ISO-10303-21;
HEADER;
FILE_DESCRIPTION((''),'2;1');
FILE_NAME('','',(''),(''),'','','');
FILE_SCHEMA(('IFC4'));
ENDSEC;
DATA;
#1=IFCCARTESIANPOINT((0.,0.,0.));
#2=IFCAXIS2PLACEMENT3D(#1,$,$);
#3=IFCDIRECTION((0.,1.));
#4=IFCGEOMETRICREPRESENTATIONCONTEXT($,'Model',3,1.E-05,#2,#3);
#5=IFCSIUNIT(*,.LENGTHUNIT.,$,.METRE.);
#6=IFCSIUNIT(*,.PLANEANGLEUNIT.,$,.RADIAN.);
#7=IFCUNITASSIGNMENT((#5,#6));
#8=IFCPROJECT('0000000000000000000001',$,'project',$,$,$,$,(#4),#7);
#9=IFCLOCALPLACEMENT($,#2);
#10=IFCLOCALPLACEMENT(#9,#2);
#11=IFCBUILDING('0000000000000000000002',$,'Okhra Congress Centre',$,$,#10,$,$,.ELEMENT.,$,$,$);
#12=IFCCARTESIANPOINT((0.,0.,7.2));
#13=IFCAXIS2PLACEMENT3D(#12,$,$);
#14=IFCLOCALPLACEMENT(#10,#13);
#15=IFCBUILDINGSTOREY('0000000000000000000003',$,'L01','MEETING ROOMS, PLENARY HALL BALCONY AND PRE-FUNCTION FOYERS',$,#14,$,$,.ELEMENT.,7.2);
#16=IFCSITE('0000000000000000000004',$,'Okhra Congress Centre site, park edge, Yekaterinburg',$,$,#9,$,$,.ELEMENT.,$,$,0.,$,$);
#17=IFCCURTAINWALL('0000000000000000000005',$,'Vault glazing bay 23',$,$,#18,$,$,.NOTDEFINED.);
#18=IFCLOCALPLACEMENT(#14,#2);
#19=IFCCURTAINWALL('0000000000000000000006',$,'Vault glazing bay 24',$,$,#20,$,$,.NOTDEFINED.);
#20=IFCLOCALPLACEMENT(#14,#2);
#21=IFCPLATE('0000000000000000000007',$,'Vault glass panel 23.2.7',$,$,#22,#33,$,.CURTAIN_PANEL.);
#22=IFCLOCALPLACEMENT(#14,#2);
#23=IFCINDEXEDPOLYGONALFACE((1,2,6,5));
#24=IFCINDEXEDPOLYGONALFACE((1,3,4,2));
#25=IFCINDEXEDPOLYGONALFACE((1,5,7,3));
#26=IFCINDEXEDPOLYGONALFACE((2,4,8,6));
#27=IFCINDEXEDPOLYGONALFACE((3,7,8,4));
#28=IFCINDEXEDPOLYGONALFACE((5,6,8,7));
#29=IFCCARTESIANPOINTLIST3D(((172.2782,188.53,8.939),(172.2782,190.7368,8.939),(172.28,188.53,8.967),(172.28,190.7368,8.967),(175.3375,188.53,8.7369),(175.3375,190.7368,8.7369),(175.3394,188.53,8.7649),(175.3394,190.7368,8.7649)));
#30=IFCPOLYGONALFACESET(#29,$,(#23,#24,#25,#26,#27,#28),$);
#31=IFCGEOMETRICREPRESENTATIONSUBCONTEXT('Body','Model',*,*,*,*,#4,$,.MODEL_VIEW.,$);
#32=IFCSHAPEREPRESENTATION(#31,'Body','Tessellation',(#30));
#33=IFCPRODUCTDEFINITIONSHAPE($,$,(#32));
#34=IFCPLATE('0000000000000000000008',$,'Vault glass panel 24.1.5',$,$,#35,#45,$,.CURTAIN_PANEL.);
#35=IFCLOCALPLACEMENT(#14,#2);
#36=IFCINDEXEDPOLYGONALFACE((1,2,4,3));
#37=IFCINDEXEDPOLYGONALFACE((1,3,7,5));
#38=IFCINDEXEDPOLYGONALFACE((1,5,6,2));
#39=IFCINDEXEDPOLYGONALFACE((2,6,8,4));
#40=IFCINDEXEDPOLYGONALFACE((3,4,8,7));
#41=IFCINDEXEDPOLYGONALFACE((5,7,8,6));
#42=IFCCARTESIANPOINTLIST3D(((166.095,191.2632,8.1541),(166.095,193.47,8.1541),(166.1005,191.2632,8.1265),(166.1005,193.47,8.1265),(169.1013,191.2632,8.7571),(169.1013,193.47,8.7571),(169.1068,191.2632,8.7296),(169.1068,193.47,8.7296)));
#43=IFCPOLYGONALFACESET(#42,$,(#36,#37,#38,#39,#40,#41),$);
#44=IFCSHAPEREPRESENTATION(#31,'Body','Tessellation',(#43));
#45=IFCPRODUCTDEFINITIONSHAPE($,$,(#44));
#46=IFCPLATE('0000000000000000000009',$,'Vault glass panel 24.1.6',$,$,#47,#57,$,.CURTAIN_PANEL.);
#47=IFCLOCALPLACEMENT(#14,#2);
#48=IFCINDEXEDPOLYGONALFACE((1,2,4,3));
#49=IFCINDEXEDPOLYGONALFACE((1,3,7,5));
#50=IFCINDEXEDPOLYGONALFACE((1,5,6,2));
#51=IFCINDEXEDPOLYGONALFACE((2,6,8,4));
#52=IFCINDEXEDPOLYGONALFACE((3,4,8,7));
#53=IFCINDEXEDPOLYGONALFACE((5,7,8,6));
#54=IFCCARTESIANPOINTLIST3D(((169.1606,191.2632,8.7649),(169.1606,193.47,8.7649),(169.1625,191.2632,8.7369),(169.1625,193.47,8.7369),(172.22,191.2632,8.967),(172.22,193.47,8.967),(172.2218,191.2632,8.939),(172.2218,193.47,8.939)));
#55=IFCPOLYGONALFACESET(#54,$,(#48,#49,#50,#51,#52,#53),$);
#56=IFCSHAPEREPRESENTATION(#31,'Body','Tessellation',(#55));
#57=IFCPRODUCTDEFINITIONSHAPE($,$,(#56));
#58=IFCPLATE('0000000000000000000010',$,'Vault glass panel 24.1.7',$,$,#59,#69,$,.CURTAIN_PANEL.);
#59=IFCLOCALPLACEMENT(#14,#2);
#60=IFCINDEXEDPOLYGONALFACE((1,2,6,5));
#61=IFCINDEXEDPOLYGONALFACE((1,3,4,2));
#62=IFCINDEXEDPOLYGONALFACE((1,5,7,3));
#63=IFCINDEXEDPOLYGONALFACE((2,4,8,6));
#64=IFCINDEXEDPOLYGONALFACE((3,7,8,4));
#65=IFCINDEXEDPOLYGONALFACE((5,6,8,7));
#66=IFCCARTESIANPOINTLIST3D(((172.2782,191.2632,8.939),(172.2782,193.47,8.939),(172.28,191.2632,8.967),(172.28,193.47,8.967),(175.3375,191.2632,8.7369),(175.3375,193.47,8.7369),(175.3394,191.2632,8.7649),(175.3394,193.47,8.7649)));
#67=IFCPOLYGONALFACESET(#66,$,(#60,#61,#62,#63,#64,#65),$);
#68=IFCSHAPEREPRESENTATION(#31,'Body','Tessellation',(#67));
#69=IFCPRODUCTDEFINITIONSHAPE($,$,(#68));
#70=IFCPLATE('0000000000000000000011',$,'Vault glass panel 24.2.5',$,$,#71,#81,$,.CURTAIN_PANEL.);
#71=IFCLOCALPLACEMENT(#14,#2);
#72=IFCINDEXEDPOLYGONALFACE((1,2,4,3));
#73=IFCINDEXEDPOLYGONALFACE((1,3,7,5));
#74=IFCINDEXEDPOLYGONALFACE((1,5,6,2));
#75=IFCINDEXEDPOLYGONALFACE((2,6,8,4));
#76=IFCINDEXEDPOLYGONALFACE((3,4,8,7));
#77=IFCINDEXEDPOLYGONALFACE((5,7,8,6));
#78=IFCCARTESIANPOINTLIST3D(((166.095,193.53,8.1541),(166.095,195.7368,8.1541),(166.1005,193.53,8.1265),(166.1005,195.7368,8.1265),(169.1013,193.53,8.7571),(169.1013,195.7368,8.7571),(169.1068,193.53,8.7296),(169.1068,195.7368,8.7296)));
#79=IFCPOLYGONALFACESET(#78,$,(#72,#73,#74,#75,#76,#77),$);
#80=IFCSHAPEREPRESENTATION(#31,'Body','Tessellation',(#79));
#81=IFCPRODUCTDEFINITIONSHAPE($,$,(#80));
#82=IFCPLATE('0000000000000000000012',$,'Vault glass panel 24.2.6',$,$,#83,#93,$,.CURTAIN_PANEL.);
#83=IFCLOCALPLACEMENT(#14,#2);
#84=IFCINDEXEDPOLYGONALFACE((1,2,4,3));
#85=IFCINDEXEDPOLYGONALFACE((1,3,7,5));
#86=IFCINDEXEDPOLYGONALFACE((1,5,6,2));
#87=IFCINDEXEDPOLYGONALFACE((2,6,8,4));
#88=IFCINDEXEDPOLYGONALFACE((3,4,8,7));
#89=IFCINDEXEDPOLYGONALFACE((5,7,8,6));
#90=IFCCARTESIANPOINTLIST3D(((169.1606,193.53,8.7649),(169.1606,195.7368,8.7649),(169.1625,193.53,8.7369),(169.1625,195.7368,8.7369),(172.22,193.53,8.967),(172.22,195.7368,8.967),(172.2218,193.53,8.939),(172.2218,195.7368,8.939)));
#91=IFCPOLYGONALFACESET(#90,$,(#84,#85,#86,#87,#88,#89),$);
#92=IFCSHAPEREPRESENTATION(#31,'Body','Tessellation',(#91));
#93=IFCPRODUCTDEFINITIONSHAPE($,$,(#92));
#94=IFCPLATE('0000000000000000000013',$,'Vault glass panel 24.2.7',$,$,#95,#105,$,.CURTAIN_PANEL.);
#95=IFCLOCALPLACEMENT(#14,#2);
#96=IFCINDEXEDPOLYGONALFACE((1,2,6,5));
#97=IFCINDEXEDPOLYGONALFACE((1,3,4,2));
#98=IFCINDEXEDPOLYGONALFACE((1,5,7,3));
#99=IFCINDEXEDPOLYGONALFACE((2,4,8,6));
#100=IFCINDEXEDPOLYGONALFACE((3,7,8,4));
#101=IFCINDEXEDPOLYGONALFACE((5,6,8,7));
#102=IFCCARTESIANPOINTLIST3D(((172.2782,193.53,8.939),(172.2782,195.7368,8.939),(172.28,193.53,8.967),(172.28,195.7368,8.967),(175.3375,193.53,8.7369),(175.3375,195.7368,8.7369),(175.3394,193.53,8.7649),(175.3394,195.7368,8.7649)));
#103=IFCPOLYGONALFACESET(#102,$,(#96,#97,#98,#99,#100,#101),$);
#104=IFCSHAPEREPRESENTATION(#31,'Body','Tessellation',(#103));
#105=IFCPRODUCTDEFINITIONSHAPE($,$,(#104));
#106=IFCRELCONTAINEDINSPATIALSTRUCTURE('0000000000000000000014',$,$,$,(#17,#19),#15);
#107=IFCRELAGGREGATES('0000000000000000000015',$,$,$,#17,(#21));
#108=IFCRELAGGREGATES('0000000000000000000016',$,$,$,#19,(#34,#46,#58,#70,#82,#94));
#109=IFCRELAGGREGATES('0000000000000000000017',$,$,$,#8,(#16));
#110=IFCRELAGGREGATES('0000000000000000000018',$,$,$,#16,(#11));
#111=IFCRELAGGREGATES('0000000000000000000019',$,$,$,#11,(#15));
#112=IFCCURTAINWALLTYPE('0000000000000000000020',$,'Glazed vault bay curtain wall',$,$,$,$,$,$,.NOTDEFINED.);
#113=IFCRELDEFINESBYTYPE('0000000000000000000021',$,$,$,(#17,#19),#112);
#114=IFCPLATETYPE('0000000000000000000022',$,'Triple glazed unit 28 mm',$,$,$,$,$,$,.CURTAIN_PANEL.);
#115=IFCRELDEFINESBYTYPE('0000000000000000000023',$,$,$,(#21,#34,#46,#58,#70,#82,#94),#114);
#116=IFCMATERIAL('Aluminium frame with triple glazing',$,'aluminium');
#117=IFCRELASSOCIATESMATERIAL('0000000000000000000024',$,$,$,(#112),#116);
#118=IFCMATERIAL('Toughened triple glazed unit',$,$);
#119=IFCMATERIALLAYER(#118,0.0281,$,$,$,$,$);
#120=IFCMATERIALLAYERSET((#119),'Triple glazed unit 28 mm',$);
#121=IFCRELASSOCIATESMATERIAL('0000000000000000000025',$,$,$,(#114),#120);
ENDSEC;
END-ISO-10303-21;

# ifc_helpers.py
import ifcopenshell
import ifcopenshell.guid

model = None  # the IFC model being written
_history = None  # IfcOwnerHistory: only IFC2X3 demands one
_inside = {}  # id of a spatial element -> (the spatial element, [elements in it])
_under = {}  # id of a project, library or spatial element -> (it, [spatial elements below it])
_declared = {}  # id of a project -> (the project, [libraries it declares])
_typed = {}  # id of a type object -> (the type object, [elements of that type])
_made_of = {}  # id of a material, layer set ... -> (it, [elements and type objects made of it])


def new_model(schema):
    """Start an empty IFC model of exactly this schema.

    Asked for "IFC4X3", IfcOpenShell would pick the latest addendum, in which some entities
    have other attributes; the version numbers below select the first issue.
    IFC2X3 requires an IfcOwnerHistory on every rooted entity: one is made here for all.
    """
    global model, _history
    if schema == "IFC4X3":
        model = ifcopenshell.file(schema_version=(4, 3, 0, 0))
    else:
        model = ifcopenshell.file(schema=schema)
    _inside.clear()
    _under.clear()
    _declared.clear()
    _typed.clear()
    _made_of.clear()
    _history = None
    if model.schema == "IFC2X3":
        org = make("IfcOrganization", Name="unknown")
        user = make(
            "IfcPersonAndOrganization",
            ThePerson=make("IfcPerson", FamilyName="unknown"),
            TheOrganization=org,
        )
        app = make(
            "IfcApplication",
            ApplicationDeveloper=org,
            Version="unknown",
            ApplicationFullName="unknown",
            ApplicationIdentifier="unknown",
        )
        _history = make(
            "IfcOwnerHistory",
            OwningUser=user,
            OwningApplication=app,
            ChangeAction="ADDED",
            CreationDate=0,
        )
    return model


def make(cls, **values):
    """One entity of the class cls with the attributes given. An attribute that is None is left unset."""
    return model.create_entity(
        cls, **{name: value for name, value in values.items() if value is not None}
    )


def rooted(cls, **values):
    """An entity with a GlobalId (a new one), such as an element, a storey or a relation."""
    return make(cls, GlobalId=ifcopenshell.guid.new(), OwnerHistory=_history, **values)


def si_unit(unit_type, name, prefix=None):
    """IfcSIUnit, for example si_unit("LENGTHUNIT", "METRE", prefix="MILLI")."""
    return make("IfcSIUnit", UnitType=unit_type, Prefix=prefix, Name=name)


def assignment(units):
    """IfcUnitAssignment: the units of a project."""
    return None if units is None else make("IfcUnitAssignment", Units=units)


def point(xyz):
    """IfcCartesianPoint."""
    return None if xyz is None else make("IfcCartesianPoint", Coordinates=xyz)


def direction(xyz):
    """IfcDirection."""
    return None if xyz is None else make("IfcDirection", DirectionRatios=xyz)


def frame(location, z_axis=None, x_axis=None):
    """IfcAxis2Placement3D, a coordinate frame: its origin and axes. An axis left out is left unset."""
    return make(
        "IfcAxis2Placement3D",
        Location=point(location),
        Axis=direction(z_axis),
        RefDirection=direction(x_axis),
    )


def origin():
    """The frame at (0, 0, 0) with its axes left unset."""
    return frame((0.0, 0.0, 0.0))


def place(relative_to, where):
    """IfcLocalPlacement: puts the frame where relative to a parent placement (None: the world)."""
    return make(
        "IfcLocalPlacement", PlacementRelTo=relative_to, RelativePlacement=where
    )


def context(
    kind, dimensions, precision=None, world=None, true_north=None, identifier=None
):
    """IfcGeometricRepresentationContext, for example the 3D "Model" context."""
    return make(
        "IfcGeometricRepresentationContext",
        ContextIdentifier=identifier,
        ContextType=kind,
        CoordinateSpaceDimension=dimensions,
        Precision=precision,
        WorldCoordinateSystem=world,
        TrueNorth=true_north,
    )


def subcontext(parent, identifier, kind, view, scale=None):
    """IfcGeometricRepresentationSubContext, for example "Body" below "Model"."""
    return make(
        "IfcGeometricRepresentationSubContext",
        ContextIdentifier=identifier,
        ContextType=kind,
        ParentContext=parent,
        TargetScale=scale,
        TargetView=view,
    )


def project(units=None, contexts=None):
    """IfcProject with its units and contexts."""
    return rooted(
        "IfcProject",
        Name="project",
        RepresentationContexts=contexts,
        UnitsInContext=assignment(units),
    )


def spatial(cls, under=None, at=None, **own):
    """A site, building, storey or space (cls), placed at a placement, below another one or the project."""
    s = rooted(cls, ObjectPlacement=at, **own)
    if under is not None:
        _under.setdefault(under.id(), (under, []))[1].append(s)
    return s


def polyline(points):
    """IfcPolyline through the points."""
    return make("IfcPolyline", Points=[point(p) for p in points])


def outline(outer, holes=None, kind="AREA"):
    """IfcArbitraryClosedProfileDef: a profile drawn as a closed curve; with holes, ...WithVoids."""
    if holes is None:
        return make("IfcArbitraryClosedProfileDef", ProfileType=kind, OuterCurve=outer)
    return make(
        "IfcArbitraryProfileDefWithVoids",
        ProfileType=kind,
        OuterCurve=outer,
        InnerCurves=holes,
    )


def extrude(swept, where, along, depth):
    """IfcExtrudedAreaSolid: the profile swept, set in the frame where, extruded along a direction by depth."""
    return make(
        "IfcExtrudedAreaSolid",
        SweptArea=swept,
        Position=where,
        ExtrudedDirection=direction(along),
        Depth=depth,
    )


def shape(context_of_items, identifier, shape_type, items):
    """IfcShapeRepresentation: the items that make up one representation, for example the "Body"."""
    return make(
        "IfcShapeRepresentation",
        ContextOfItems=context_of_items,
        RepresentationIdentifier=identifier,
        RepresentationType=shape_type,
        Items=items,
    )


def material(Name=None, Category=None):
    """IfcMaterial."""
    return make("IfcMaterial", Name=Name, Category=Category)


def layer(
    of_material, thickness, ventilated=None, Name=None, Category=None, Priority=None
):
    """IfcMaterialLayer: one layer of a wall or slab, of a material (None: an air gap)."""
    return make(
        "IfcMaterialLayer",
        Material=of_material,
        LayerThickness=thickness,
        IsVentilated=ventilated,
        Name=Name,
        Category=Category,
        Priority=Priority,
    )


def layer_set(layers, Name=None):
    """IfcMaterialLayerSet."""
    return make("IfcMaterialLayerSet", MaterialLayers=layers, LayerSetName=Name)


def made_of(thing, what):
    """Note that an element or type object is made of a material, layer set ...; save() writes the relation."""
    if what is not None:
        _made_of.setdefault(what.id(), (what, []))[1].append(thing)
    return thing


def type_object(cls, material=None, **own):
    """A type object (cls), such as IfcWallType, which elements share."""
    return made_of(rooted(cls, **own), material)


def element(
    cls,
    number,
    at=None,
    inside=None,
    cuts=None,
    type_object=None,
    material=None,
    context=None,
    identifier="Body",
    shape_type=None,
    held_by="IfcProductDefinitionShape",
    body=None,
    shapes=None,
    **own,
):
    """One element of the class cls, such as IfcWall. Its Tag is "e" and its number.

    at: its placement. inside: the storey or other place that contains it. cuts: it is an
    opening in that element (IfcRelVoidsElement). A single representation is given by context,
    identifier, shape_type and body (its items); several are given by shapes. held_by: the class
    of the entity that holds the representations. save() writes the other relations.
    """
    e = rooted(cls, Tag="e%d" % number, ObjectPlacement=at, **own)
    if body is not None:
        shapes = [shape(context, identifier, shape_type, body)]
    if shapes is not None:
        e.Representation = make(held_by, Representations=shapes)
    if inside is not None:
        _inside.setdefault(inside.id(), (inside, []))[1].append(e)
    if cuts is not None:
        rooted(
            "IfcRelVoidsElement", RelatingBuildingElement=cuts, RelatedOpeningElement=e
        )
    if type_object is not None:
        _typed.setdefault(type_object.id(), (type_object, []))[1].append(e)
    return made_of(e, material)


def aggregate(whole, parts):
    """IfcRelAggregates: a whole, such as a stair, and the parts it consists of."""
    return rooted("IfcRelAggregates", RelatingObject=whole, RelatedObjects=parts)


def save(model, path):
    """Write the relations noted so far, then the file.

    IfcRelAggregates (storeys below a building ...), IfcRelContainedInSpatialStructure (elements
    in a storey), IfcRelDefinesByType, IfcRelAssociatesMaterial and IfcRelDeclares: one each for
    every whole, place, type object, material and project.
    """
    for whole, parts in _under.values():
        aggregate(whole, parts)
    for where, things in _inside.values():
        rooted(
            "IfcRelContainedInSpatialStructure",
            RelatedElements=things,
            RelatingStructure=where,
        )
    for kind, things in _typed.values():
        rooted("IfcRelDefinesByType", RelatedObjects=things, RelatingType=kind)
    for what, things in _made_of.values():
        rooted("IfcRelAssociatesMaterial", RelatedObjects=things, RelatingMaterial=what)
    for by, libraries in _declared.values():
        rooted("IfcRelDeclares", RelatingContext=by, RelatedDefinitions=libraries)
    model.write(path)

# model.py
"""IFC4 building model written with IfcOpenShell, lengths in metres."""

from ifc_helpers import new_model, si_unit, direction, frame, origin, place, context, subcontext, project, spatial, polyline, outline, extrude, material, layer, layer_set, type_object, element, aggregate, save


model = new_model("IFC4")

# Units and contexts
model_context = context("Model", 3, precision=1e-05, world=origin(), true_north=direction((0.0, 1.0)))
body_context = subcontext(model_context, "Body", "Model", "MODEL_VIEW")
ifc_project = project(units=[si_unit("LENGTHUNIT", "METRE"), si_unit("PLANEANGLEUNIT", "RADIAN")], contexts=[model_context])

# Site, building, storey
site_placement = place(None, origin())
site = spatial("IfcSite", under=ifc_project, at=site_placement, Name="Okhra Congress Centre site, park edge, Yekaterinburg", CompositionType="ELEMENT", RefElevation=0.0)
building_placement = place(site_placement, origin())
building = spatial("IfcBuilding", under=site, at=building_placement, Name="Okhra Congress Centre", CompositionType="ELEMENT")
storey_placement = place(building_placement, frame((0.0, 0.0, 7.2)))
storey = spatial("IfcBuildingStorey", under=building, at=storey_placement, Name="L01", Description="MEETING ROOMS, PLENARY HALL BALCONY AND PRE-FUNCTION FOYERS", CompositionType="ELEMENT", Elevation=7.2)

# Curtain walls
ifc_material_1 = material(Name="Aluminium frame with triple glazing", Category="aluminium")
curtain_wall_type = type_object("IfcCurtainWallType", Name="Glazed vault bay curtain wall", PredefinedType="NOTDEFINED", material=ifc_material_1)
curtain_wall_1_placement = place(storey_placement, origin())
curtain_wall_1 = element("IfcCurtainWall", 1, at=curtain_wall_1_placement, inside=storey, type_object=curtain_wall_type, Name="Vault glazing bay 23", PredefinedType="NOTDEFINED")
curtain_wall_2_placement = place(storey_placement, origin())
curtain_wall_2 = element("IfcCurtainWall", 2, at=curtain_wall_2_placement, inside=storey, type_object=curtain_wall_type, Name="Vault glazing bay 24", PredefinedType="NOTDEFINED")

# Plates
ifc_material_2 = material(Name="Toughened triple glazed unit")
ifc_layer = layer(ifc_material_2, 0.0281)
ifc_layer_set = layer_set([ifc_layer], Name="Triple glazed unit 28 mm")
plate_type = type_object("IfcPlateType", Name="Triple glazed unit 28 mm", PredefinedType="CURTAIN_PANEL", material=ifc_layer_set)
plate_1_placement = place(storey_placement, frame((172.28, 188.53, 8.967), z_axis=(0.065932, 0.0, 0.997824), x_axis=(0.997824, 0.0, -0.065932)))
plate_1 = element("IfcPlate", 3, at=plate_1_placement, type_object=plate_type, Name="Vault glass panel 23.2.7", PredefinedType="CURTAIN_PANEL", context=body_context, shape_type="SweptSolid", body=[
    extrude(outline(polyline([(0.0, 0.0), (3.066, 0.0), (3.066, 2.2068), (0.0, 2.2068), (0.0, 0.0)])), origin(), (0.0, 0.0, -1.0), 0.0281),
])
aggregate(curtain_wall_1, [plate_1])
plate_2_placement = place(storey_placement, frame((166.095, 191.2632, 8.1541), z_axis=(-0.196667, 0.0, 0.98047), x_axis=(0.98047, 0.0, 0.196667)))
plate_2 = element("IfcPlate", 4, at=plate_2_placement, type_object=plate_type, Name="Vault glass panel 24.1.5", PredefinedType="CURTAIN_PANEL", context=body_context, shape_type="SweptSolid", body=[
    extrude(outline(polyline([(0.0, 0.0), (3.0662, 0.0), (3.0662, 2.2068), (0.0, 2.2068), (0.0, 0.0)])), origin(), (0.0, 0.0, -1.0), 0.0281),
])
plate_3_placement = place(storey_placement, frame((169.1606, 191.2632, 8.7649), z_axis=(-0.065932, 0.0, 0.997824), x_axis=(0.997824, 0.0, 0.065932)))
plate_3 = element("IfcPlate", 5, at=plate_3_placement, type_object=plate_type, Name="Vault glass panel 24.1.6", PredefinedType="CURTAIN_PANEL", context=body_context, shape_type="SweptSolid", body=[
    extrude(outline(polyline([(0.0, 0.0), (3.066, 0.0), (3.066, 2.2068), (0.0, 2.2068), (0.0, 0.0)])), origin(), (0.0, 0.0, -1.0), 0.0281),
])
plate_4_placement = place(storey_placement, frame((172.28, 191.2632, 8.967), z_axis=(0.065932, 0.0, 0.997824), x_axis=(0.997824, 0.0, -0.065932)))
plate_4 = element("IfcPlate", 6, at=plate_4_placement, type_object=plate_type, Name="Vault glass panel 24.1.7", PredefinedType="CURTAIN_PANEL", context=body_context, shape_type="SweptSolid", body=[
    extrude(outline(polyline([(0.0, 0.0), (3.066, 0.0), (3.066, 2.2068), (0.0, 2.2068), (0.0, 0.0)])), origin(), (0.0, 0.0, -1.0), 0.0281),
])
plate_5_placement = place(storey_placement, frame((166.095, 193.53, 8.1541), z_axis=(-0.196667, 0.0, 0.98047), x_axis=(0.98047, 0.0, 0.196667)))
plate_5 = element("IfcPlate", 7, at=plate_5_placement, type_object=plate_type, Name="Vault glass panel 24.2.5", PredefinedType="CURTAIN_PANEL", context=body_context, shape_type="SweptSolid", body=[
    extrude(outline(polyline([(0.0, 0.0), (3.0662, 0.0), (3.0662, 2.2068), (0.0, 2.2068), (0.0, 0.0)])), origin(), (0.0, 0.0, -1.0), 0.0281),
])
plate_6_placement = place(storey_placement, frame((169.1606, 193.53, 8.7649), z_axis=(-0.065932, 0.0, 0.997824), x_axis=(0.997824, 0.0, 0.065932)))
plate_6 = element("IfcPlate", 8, at=plate_6_placement, type_object=plate_type, Name="Vault glass panel 24.2.6", PredefinedType="CURTAIN_PANEL", context=body_context, shape_type="SweptSolid", body=[
    extrude(outline(polyline([(0.0, 0.0), (3.066, 0.0), (3.066, 2.2068), (0.0, 2.2068), (0.0, 0.0)])), origin(), (0.0, 0.0, -1.0), 0.0281),
])
plate_7_placement = place(storey_placement, frame((172.28, 193.53, 8.967), z_axis=(0.065932, 0.0, 0.997824), x_axis=(0.997824, 0.0, -0.065932)))
plate_7 = element("IfcPlate", 9, at=plate_7_placement, type_object=plate_type, Name="Vault glass panel 24.2.7", PredefinedType="CURTAIN_PANEL", context=body_context, shape_type="SweptSolid", body=[
    extrude(outline(polyline([(0.0, 0.0), (3.066, 0.0), (3.066, 2.2068), (0.0, 2.2068), (0.0, 0.0)])), origin(), (0.0, 0.0, -1.0), 0.0281),
])
aggregate(curtain_wall_2, [plate_2, plate_3, plate_4, plate_5, plate_6, plate_7])

save(model, "model.ifc")
